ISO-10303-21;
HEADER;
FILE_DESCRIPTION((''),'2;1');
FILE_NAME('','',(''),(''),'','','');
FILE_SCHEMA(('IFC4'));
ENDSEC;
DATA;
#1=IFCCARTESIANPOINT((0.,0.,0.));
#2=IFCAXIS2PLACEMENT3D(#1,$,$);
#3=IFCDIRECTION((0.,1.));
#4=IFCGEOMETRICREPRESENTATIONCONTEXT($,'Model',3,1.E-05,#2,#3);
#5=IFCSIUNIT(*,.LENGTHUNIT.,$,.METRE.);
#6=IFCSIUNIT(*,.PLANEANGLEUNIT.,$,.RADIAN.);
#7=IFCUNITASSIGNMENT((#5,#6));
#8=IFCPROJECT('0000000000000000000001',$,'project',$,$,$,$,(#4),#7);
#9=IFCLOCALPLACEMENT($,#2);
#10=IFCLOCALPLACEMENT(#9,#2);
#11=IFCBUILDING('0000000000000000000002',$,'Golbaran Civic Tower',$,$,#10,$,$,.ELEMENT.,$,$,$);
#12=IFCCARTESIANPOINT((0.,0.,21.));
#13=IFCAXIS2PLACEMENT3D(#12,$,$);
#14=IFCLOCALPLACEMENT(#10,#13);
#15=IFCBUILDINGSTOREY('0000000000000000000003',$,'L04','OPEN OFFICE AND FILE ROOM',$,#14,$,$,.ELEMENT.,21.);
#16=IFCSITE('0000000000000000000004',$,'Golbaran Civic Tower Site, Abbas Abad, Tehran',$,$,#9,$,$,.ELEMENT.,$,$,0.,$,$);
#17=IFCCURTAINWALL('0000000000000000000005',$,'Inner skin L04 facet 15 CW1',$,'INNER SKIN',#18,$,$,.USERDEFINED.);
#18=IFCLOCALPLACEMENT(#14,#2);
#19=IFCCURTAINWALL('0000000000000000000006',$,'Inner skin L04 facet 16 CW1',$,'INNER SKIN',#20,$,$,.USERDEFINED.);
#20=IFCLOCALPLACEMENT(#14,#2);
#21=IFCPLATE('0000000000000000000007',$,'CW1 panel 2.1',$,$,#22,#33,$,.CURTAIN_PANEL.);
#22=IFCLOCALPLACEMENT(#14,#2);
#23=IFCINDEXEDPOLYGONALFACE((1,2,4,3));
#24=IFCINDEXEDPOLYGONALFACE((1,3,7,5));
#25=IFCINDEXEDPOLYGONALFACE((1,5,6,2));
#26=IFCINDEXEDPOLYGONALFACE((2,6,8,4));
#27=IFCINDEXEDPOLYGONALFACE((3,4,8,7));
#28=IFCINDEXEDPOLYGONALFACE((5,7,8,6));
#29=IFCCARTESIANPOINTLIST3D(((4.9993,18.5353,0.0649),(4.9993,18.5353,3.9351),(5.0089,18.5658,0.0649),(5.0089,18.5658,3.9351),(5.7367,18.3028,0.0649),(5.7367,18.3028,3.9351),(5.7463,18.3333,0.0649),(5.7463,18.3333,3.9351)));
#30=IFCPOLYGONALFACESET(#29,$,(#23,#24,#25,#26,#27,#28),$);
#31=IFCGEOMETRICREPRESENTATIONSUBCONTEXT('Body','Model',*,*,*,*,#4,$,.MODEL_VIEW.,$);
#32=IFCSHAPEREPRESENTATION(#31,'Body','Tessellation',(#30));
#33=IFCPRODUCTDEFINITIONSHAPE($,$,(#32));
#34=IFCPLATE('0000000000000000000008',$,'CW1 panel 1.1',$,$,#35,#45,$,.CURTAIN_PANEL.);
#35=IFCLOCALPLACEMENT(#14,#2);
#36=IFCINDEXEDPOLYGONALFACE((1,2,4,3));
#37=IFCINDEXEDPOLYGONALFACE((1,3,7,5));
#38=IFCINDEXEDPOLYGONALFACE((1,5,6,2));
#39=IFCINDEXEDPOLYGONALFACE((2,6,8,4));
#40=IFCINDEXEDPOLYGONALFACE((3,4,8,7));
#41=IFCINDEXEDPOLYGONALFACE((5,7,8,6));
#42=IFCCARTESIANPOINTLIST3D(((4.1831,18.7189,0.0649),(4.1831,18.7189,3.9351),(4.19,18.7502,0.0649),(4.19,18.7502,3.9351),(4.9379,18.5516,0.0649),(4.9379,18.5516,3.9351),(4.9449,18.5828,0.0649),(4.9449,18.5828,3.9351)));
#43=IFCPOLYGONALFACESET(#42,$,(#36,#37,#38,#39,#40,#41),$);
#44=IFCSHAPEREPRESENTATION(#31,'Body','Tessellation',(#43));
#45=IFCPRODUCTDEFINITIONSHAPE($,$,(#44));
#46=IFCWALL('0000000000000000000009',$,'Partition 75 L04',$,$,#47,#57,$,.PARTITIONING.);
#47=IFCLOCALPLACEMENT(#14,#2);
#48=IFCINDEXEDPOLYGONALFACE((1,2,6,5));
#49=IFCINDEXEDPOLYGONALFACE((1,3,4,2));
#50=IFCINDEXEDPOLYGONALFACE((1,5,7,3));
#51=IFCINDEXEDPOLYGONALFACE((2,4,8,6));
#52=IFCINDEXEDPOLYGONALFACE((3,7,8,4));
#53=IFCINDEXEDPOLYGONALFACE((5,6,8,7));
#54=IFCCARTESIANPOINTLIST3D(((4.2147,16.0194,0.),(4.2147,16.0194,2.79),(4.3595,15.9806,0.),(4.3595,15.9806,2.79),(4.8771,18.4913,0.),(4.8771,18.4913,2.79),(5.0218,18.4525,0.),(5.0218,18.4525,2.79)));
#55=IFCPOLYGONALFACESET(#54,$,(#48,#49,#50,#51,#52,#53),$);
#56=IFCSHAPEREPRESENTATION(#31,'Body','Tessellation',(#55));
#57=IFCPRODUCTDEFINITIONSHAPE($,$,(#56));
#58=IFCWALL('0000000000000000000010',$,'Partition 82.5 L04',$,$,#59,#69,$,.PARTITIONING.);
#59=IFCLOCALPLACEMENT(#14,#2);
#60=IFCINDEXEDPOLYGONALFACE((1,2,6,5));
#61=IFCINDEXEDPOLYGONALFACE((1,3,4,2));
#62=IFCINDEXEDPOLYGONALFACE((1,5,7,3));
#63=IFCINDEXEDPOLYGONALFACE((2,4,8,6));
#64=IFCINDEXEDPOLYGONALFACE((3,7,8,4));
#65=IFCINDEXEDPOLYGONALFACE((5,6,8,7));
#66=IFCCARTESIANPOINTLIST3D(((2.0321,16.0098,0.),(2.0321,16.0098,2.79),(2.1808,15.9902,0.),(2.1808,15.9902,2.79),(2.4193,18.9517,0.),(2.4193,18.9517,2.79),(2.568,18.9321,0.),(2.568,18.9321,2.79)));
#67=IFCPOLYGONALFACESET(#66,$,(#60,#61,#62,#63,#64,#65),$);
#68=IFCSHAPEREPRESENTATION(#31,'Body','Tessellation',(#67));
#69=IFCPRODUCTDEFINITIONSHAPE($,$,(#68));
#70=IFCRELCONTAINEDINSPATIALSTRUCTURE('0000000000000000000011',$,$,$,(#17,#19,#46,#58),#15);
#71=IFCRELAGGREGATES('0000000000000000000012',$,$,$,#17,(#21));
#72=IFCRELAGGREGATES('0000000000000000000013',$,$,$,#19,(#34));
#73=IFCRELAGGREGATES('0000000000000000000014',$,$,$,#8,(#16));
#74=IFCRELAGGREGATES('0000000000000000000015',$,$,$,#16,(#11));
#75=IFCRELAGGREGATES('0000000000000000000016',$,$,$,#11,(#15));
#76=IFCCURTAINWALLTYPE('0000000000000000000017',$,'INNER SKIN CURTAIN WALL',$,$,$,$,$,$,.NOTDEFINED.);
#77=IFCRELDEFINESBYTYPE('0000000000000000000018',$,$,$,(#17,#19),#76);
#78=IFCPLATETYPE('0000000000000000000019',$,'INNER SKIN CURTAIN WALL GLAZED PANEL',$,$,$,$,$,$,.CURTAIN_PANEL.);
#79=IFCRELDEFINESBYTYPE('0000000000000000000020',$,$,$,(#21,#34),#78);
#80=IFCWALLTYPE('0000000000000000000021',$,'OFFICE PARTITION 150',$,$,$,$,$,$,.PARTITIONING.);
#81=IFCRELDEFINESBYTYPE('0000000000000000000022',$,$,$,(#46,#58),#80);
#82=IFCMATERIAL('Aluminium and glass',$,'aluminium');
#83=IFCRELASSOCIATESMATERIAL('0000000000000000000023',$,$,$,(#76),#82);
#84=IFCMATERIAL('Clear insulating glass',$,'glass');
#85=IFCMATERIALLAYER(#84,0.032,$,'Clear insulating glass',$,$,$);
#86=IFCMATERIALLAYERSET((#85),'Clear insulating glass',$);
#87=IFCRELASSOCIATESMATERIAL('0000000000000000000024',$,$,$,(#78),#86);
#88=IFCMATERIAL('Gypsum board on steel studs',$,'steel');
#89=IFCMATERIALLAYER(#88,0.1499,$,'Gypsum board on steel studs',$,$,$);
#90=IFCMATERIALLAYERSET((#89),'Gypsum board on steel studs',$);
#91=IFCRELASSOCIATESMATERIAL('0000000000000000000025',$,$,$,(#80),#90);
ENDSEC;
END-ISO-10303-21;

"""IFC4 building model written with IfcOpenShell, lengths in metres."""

from ifc_helpers import new_model, si_unit, direction, frame, frame_2d, origin, origin_2d, place, context, subcontext, project, spatial, rectangle, extrude, material, layer, layer_set, type_object, element, aggregate, save


model = new_model("IFC4")

# Units and contexts
model_context = context("Model", 3, precision=1e-05, world=origin(), true_north=direction((0.0, 1.0)))
body_context = subcontext(model_context, "Body", "Model", "MODEL_VIEW")
ifc_project = project(units=[si_unit("LENGTHUNIT", "METRE"), si_unit("PLANEANGLEUNIT", "RADIAN")], contexts=[model_context])

# Site, building, storey
site_placement = place(None, origin())
site = spatial("IfcSite", under=ifc_project, at=site_placement, Name="Golbaran Civic Tower Site, Abbas Abad, Tehran", CompositionType="ELEMENT", RefElevation=0.0)
building_placement = place(site_placement, origin())
building = spatial("IfcBuilding", under=site, at=building_placement, Name="Golbaran Civic Tower", CompositionType="ELEMENT")
storey_placement = place(building_placement, frame((0.0, 0.0, 21.0)))
storey = spatial("IfcBuildingStorey", under=building, at=storey_placement, Name="L04", Description="OPEN OFFICE AND FILE ROOM", CompositionType="ELEMENT", Elevation=21.0)

# Shared definitions
ifc_material_1 = material(Name="Aluminium and glass", Category="aluminium")
curtain_wall_type = type_object("IfcCurtainWallType", Name="INNER SKIN CURTAIN WALL", PredefinedType="NOTDEFINED", material=ifc_material_1)

# Curtain wall
curtain_wall_1_placement = place(storey_placement, origin())
curtain_wall_1 = element("IfcCurtainWall", 1, at=curtain_wall_1_placement, inside=storey, type_object=curtain_wall_type, Name="Inner skin L04 facet 15 CW1", ObjectType="INNER SKIN", PredefinedType="USERDEFINED")

# Curtain wall
curtain_wall_2_placement = place(storey_placement, origin())
curtain_wall_2 = element("IfcCurtainWall", 2, at=curtain_wall_2_placement, inside=storey, type_object=curtain_wall_type, Name="Inner skin L04 facet 16 CW1", ObjectType="INNER SKIN", PredefinedType="USERDEFINED")

# Plates
ifc_material_2 = material(Name="Clear insulating glass", Category="glass")
ifc_layer_1 = layer(ifc_material_2, 0.032, Name="Clear insulating glass")
ifc_layer_set_1 = layer_set([ifc_layer_1], Name="Clear insulating glass")
plate_type = type_object("IfcPlateType", Name="INNER SKIN CURTAIN WALL GLAZED PANEL", PredefinedType="CURTAIN_PANEL", material=ifc_layer_set_1)
plate_1_placement = place(storey_placement, frame((5.3728, 18.4343, 0.0649), z_axis=(0.0, 0.0, 1.0), x_axis=(-0.953717, 0.300706, 0.0)))
plate_1 = element("IfcPlate", 3, at=plate_1_placement, type_object=plate_type, Name="CW1 panel 2.1", PredefinedType="CURTAIN_PANEL", context=body_context, shape_type="SweptSolid", body=[
    extrude(rectangle(XDim=0.7732, YDim=0.032, at=origin_2d()), origin(), (0.0, 0.0, 1.0), 3.8701),
])
aggregate(curtain_wall_1, [plate_1])
plate_2_placement = place(storey_placement, frame((4.564, 18.6509, 0.0649), z_axis=(0.0, 0.0, 1.0), x_axis=(-0.976296, 0.21644, 0.0)))
plate_2 = element("IfcPlate", 4, at=plate_2_placement, type_object=plate_type, Name="CW1 panel 1.1", PredefinedType="CURTAIN_PANEL", context=body_context, shape_type="SweptSolid", body=[
    extrude(rectangle(XDim=0.7732, YDim=0.032, at=origin_2d()), origin(), (0.0, 0.0, 1.0), 3.8701),
])
aggregate(curtain_wall_2, [plate_2])

# Walls
ifc_material_3 = material(Name="Gypsum board on steel studs", Category="steel")
ifc_layer_2 = layer(ifc_material_3, 0.1499, Name="Gypsum board on steel studs")
ifc_layer_set_2 = layer_set([ifc_layer_2], Name="Gypsum board on steel studs")
wall_type = type_object("IfcWallType", Name="OFFICE PARTITION 150", PredefinedType="PARTITIONING", material=ifc_layer_set_2)
wall_1_placement = place(storey_placement, frame((4.2871, 16.0, 0.0), z_axis=(0.0, 0.0, 1.0), x_axis=(0.25882, 0.965925, 0.0)))
element("IfcWall", 5, at=wall_1_placement, inside=storey, type_object=wall_type, Name="Partition 75 L04", PredefinedType="PARTITIONING", context=body_context, shape_type="SweptSolid", body=[
    extrude(rectangle(XDim=2.5591, YDim=0.1499, at=frame_2d((1.2795, 0.0))), origin(), (0.0, 0.0, 1.0), 2.79),
])
wall_2_placement = place(storey_placement, frame((2.1064, 16.0, 0.0), z_axis=(0.0, 0.0, 1.0), x_axis=(0.130493, 0.991449, 0.0)))
element("IfcWall", 6, at=wall_2_placement, inside=storey, type_object=wall_type, Name="Partition 82.5 L04", PredefinedType="PARTITIONING", context=body_context, shape_type="SweptSolid", body=[
    extrude(rectangle(XDim=2.9673, YDim=0.1499, at=frame_2d((1.4836, 0.0))), origin(), (0.0, 0.0, 1.0), 2.79),
])

save(model, "model.ifc")
